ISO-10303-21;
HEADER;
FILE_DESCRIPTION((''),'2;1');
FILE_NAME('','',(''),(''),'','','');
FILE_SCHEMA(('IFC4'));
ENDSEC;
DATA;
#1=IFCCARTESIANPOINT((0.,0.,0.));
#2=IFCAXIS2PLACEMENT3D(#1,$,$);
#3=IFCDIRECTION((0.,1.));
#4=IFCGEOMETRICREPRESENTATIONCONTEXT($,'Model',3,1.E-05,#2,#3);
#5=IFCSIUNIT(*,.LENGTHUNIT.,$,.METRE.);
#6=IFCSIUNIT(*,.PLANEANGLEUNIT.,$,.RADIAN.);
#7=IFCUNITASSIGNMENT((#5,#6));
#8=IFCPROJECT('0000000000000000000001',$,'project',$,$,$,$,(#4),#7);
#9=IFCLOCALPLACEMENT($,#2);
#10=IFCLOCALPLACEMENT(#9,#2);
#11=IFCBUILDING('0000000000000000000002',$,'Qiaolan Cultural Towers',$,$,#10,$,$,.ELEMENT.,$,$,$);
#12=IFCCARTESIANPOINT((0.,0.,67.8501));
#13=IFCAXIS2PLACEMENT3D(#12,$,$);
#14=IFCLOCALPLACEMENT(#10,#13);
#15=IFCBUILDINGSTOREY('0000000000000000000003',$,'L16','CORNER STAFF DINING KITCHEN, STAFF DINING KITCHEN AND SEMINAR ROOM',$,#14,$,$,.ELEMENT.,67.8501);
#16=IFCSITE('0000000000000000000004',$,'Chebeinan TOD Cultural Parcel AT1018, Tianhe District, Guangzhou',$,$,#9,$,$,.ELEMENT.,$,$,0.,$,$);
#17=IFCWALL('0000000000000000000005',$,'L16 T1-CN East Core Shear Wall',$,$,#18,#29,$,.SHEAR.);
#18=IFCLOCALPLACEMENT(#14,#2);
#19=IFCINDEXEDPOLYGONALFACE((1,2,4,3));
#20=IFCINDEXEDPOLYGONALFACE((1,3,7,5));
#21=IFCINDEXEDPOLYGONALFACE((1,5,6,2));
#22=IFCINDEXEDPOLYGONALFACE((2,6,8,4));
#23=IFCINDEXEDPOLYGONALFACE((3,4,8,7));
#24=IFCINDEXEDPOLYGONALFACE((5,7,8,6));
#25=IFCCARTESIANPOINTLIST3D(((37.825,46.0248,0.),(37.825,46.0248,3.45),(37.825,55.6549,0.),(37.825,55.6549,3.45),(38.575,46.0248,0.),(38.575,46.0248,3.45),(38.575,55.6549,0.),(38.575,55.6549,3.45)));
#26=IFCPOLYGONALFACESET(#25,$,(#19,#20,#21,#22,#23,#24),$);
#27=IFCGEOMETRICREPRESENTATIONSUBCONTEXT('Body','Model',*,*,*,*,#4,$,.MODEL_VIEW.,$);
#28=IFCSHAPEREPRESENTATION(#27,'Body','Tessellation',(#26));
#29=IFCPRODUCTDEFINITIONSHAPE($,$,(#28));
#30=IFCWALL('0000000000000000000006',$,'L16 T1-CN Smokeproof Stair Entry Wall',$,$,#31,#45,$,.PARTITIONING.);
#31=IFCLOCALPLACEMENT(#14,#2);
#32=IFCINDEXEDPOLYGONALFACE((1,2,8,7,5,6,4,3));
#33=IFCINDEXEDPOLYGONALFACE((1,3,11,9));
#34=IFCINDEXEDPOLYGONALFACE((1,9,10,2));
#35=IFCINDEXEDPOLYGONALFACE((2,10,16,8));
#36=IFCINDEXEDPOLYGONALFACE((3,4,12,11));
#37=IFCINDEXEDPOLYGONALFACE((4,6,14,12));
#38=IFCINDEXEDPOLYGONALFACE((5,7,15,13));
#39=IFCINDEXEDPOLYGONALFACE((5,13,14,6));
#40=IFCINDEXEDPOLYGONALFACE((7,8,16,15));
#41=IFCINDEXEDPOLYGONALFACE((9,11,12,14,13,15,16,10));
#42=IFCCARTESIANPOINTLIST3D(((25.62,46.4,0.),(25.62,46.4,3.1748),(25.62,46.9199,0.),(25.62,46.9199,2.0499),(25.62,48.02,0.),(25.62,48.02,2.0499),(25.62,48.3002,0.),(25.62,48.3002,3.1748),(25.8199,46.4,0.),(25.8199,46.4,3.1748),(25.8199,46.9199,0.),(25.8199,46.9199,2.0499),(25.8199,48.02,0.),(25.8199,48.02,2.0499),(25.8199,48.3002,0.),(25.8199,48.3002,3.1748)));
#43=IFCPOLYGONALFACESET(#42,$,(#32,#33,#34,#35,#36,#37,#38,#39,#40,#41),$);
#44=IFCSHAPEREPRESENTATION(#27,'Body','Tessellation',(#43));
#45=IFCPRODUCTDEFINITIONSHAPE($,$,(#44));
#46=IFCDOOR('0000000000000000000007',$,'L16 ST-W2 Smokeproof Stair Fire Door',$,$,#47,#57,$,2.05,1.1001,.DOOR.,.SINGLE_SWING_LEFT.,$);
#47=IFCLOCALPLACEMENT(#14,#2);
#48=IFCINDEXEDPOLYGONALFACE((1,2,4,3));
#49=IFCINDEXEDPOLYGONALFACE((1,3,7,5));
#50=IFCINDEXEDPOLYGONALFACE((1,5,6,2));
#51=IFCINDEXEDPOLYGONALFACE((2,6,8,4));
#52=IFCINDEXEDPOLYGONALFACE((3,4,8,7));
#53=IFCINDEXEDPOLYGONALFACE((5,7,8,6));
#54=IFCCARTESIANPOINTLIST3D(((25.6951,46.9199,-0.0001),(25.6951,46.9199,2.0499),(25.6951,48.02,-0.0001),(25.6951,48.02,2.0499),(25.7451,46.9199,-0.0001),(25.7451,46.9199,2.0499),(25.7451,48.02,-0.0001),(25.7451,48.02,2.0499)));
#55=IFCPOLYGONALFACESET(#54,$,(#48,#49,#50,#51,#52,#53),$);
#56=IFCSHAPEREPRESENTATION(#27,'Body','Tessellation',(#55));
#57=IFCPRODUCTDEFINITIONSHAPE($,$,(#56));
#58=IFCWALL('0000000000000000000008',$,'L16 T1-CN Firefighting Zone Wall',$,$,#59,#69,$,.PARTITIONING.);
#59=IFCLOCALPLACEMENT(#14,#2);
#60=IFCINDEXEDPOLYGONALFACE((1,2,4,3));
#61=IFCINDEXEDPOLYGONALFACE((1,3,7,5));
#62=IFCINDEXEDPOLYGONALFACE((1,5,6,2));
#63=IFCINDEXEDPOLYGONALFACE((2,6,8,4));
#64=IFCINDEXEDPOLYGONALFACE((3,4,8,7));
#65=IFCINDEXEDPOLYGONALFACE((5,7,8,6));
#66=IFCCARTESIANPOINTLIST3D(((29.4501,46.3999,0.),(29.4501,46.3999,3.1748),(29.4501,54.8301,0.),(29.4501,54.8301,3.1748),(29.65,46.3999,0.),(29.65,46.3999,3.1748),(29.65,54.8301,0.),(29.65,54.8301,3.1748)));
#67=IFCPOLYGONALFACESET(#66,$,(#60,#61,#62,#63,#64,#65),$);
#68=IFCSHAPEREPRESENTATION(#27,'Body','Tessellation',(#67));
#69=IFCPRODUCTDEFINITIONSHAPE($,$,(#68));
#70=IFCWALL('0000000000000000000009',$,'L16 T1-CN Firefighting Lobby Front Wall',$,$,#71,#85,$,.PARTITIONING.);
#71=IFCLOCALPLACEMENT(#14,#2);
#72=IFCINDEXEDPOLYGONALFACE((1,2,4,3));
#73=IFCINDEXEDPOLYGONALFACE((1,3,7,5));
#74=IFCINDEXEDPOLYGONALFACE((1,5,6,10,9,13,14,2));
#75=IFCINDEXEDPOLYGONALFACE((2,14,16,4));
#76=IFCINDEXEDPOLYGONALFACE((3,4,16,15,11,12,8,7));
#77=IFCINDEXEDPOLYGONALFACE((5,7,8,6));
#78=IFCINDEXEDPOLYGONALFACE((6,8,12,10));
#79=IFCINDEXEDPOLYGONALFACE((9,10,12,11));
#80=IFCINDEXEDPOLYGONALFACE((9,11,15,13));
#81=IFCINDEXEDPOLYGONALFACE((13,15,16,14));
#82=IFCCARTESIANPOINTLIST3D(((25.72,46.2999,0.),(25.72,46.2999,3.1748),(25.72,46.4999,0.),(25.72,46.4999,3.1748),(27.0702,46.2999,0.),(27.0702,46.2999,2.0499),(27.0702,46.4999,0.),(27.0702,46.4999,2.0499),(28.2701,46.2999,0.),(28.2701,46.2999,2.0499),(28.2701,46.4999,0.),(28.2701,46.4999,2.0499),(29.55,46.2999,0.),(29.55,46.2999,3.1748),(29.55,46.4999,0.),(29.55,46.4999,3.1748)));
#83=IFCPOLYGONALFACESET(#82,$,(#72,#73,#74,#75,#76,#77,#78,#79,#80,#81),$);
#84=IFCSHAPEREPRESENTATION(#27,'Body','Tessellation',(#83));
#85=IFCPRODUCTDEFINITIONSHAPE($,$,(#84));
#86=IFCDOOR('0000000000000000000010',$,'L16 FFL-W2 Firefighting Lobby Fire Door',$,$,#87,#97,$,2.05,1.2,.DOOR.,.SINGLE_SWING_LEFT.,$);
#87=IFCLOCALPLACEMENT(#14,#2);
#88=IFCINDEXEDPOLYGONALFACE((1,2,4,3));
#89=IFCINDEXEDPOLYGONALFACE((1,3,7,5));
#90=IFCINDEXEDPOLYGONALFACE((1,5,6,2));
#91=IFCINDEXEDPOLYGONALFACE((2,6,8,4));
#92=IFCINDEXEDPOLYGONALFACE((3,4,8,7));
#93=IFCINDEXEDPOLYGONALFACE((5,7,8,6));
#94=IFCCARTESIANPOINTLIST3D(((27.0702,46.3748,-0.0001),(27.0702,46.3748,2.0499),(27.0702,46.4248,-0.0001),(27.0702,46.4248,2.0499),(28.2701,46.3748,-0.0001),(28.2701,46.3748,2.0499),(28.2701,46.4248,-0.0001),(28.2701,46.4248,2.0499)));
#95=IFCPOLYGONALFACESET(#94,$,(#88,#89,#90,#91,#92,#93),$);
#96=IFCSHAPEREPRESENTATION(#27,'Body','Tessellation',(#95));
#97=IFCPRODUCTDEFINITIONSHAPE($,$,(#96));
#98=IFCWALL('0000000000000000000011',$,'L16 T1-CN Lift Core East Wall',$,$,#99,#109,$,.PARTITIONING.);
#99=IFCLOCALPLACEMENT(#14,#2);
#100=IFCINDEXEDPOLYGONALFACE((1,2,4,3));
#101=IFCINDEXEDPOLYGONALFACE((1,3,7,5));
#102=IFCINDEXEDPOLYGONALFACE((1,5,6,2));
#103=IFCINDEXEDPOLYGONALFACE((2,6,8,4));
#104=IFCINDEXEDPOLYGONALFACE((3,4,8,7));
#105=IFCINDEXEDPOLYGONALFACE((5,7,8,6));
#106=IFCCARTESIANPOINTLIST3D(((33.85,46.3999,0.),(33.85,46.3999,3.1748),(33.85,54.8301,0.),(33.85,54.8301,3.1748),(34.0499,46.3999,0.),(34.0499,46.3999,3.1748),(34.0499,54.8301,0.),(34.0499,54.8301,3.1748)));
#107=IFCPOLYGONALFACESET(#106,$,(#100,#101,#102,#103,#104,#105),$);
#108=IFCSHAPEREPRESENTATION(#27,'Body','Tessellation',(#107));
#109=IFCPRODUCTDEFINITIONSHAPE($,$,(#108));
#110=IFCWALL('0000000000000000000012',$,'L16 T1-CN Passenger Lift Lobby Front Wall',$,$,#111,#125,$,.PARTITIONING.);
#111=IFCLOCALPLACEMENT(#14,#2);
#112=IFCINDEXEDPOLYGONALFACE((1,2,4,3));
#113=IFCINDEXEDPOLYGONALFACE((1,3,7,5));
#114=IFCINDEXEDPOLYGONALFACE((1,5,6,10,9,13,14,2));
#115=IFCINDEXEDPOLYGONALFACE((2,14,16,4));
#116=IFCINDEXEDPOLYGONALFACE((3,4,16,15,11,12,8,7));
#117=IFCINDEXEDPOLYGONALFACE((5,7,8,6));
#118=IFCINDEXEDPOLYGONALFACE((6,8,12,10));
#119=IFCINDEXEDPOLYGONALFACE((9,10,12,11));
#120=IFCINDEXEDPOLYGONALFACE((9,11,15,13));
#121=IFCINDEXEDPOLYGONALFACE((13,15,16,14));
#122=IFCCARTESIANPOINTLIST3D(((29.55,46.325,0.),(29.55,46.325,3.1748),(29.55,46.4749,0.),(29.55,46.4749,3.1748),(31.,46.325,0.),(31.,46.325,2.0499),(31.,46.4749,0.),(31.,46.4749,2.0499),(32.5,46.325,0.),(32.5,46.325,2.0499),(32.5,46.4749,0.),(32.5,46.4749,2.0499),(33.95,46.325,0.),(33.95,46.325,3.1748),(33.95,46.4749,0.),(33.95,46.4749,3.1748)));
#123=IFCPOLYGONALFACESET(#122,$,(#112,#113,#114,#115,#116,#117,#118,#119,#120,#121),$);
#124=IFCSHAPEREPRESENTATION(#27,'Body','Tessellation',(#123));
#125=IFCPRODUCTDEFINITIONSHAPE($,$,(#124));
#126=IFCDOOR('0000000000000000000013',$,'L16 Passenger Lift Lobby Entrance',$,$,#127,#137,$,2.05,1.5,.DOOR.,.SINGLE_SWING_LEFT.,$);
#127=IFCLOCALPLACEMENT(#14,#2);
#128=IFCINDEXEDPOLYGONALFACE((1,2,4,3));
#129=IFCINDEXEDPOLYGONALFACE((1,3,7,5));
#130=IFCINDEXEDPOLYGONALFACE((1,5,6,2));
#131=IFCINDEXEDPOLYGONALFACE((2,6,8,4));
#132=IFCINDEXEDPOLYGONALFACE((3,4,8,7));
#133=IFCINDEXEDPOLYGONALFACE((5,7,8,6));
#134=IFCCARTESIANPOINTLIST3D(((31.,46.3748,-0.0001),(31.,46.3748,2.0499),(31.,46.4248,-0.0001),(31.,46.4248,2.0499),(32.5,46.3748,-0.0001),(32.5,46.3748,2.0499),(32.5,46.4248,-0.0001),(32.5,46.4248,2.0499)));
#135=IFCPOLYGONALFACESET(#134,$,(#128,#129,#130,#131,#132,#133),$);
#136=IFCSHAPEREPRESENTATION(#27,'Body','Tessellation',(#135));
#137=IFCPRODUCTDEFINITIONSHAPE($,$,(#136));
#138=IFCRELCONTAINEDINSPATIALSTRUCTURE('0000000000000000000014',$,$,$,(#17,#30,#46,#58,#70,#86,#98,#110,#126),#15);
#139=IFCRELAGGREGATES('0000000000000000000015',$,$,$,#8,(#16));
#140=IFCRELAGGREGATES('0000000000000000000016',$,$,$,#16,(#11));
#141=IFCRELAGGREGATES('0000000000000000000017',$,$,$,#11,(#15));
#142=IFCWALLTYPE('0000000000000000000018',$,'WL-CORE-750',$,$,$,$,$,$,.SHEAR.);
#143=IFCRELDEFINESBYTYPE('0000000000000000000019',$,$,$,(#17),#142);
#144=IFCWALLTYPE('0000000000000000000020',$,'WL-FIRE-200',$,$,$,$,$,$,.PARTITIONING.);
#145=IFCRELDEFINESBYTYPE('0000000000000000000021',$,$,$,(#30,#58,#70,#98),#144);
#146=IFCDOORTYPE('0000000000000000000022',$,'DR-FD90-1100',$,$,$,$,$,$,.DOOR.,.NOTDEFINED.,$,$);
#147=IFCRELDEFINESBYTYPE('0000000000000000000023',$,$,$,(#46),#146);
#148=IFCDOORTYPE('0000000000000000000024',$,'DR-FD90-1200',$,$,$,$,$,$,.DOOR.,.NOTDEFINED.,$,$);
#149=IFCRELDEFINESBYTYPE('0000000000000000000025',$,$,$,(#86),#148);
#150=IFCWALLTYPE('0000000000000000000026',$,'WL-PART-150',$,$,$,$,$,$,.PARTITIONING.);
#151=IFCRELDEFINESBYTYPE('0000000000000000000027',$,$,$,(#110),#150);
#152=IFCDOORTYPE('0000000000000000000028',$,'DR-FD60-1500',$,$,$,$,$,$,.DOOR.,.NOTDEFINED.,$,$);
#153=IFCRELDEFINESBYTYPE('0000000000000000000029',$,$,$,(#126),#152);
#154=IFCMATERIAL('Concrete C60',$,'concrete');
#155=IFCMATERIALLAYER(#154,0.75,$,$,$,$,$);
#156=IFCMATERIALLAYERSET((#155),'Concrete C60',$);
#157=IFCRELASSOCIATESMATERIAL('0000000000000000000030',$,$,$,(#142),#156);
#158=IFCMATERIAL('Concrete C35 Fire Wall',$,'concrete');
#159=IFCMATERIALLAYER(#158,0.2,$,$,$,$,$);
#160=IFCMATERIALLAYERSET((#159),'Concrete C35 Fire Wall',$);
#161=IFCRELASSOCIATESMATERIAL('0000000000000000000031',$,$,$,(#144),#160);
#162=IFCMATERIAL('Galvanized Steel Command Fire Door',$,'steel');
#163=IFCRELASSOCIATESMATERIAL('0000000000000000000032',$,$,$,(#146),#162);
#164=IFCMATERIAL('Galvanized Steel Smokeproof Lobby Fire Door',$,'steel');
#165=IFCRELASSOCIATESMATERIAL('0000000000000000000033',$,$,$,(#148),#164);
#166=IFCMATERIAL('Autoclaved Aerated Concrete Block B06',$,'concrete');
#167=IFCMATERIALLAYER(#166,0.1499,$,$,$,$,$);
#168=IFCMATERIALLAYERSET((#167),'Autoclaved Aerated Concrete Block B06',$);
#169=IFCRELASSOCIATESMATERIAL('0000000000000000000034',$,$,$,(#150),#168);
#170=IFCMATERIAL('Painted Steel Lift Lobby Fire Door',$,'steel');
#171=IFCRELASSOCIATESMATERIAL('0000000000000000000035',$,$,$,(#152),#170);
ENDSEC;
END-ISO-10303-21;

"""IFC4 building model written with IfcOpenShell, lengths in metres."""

from ifc_helpers import new_model, si_unit, direction, frame, frame_2d, origin, place, context, subcontext, project, spatial, rectangle, extrude, material, layer, layer_set, type_object, element, fill, save


model = new_model("IFC4")

# Units and contexts
model_context = context("Model", 3, precision=1e-05, world=origin(), true_north=direction((0.0, 1.0)))
body_context = subcontext(model_context, "Body", "Model", "MODEL_VIEW")
ifc_project = project(units=[si_unit("LENGTHUNIT", "METRE"), si_unit("PLANEANGLEUNIT", "RADIAN")], contexts=[model_context])

# Site, building, storey
site_placement = place(None, origin())
site = spatial("IfcSite", under=ifc_project, at=site_placement, Name="Chebeinan TOD Cultural Parcel AT1018, Tianhe District, Guangzhou", CompositionType="ELEMENT", RefElevation=0.0)
building_placement = place(site_placement, origin())
building = spatial("IfcBuilding", under=site, at=building_placement, Name="Qiaolan Cultural Towers", CompositionType="ELEMENT")
storey_placement = place(building_placement, frame((0.0, 0.0, 67.8501)))
storey = spatial("IfcBuildingStorey", under=building, at=storey_placement, Name="L16", Description="CORNER STAFF DINING KITCHEN, STAFF DINING KITCHEN AND SEMINAR ROOM", CompositionType="ELEMENT", Elevation=67.8501)

# Wall
ifc_material_1 = material(Name="Concrete C60", Category="concrete")
ifc_layer_1 = layer(ifc_material_1, 0.75)
ifc_layer_set_1 = layer_set([ifc_layer_1], Name="Concrete C60")
wall_type_1 = type_object("IfcWallType", Name="WL-CORE-750", PredefinedType="SHEAR", material=ifc_layer_set_1)
wall_1_placement = place(storey_placement, frame((38.2, 46.0249, 0.0), z_axis=(0.0, 0.0, 1.0), x_axis=(0.0, 1.0, 0.0)))
element("IfcWall", 1, at=wall_1_placement, inside=storey, type_object=wall_type_1, Name="L16 T1-CN East Core Shear Wall", PredefinedType="SHEAR", context=body_context, shape_type="SweptSolid", body=[
    extrude(rectangle(XDim=9.6301, YDim=0.75, at=frame_2d((4.8149, 0.0))), origin(), (0.0, 0.0, 1.0), 3.45),
])

# Wall, opening, door
ifc_material_2 = material(Name="Concrete C35 Fire Wall", Category="concrete")
ifc_layer_2 = layer(ifc_material_2, 0.2)
ifc_layer_set_2 = layer_set([ifc_layer_2], Name="Concrete C35 Fire Wall")
wall_type_2 = type_object("IfcWallType", Name="WL-FIRE-200", PredefinedType="PARTITIONING", material=ifc_layer_set_2)
wall_2_placement = place(storey_placement, frame((25.72, 46.3999, 0.0), z_axis=(0.0, 0.0, 1.0), x_axis=(0.0, 1.0, 0.0)))
wall_2 = element("IfcWall", 2, at=wall_2_placement, inside=storey, type_object=wall_type_2, Name="L16 T1-CN Smokeproof Stair Entry Wall", PredefinedType="PARTITIONING", context=body_context, shape_type="SweptSolid", body=[
    extrude(rectangle(XDim=1.9001, YDim=0.2, at=frame_2d((0.9502, 0.0))), origin(), (0.0, 0.0, 1.0), 3.1748),
])
opening_1_placement = place(wall_2_placement, frame((0.52, 0.0, 0.0)))
opening_1 = element("IfcOpeningElement", 3, at=opening_1_placement, cuts=wall_2, PredefinedType="OPENING", context=body_context, shape_type="SweptSolid", body=[
    extrude(rectangle(XDim=1.1001, YDim=2.05, at=frame_2d((0.55, 1.0249))), frame((0.0, 0.1099, 0.0), z_axis=(0.0, -1.0, 0.0), x_axis=(1.0, 0.0, 0.0)), (0.0, 0.0, 1.0), 0.22),
])
ifc_material_3 = material(Name="Galvanized Steel Command Fire Door", Category="steel")
door_type_1 = type_object("IfcDoorType", Name="DR-FD90-1100", OperationType="NOTDEFINED", PredefinedType="DOOR", material=ifc_material_3)
door_1_placement = place(opening_1_placement, origin())
door_1 = element("IfcDoor", 4, at=door_1_placement, inside=storey, type_object=door_type_1, Name="L16 ST-W2 Smokeproof Stair Fire Door", OperationType="SINGLE_SWING_LEFT", OverallHeight=2.05, OverallWidth=1.1001, PredefinedType="DOOR", context=body_context, shape_type="SweptSolid", body=[
    extrude(rectangle(XDim=1.1001, YDim=2.05, at=frame_2d((0.55, 1.0249))), frame((0.0, 0.0249, 0.0), z_axis=(0.0, -1.0, 0.0), x_axis=(1.0, 0.0, 0.0)), (0.0, 0.0, 1.0), 0.05),
])
fill(opening_1, door_1)

# Wall
wall_3_placement = place(storey_placement, frame((29.55, 46.3999, 0.0), z_axis=(0.0, 0.0, 1.0), x_axis=(0.0, 1.0, 0.0)))
element("IfcWall", 5, at=wall_3_placement, inside=storey, type_object=wall_type_2, Name="L16 T1-CN Firefighting Zone Wall", PredefinedType="PARTITIONING", context=body_context, shape_type="SweptSolid", body=[
    extrude(rectangle(XDim=8.4302, YDim=0.2, at=frame_2d((4.2151, 0.0))), origin(), (0.0, 0.0, 1.0), 3.1748),
])

# Wall, opening, door
wall_4_placement = place(storey_placement, frame((25.72, 46.3999, 0.0), z_axis=(0.0, 0.0, 1.0), x_axis=(1.0, 0.0, 0.0)))
wall_4 = element("IfcWall", 6, at=wall_4_placement, inside=storey, type_object=wall_type_2, Name="L16 T1-CN Firefighting Lobby Front Wall", PredefinedType="PARTITIONING", context=body_context, shape_type="SweptSolid", body=[
    extrude(rectangle(XDim=3.8301, YDim=0.2, at=frame_2d((1.915, 0.0))), origin(), (0.0, 0.0, 1.0), 3.1748),
])
opening_2_placement = place(wall_4_placement, frame((1.3501, 0.0, 0.0)))
opening_2 = element("IfcOpeningElement", 7, at=opening_2_placement, cuts=wall_4, PredefinedType="OPENING", context=body_context, shape_type="SweptSolid", body=[
    extrude(rectangle(XDim=1.2, YDim=2.05, at=frame_2d((0.6001, 1.0249))), frame((0.0, 0.1099, 0.0), z_axis=(0.0, -1.0, 0.0), x_axis=(1.0, 0.0, 0.0)), (0.0, 0.0, 1.0), 0.22),
])
ifc_material_4 = material(Name="Galvanized Steel Smokeproof Lobby Fire Door", Category="steel")
door_type_2 = type_object("IfcDoorType", Name="DR-FD90-1200", OperationType="NOTDEFINED", PredefinedType="DOOR", material=ifc_material_4)
door_2_placement = place(opening_2_placement, origin())
door_2 = element("IfcDoor", 8, at=door_2_placement, inside=storey, type_object=door_type_2, Name="L16 FFL-W2 Firefighting Lobby Fire Door", OperationType="SINGLE_SWING_LEFT", OverallHeight=2.05, OverallWidth=1.2, PredefinedType="DOOR", context=body_context, shape_type="SweptSolid", body=[
    extrude(rectangle(XDim=1.2, YDim=2.05, at=frame_2d((0.6001, 1.0249))), frame((0.0, 0.0249, 0.0), z_axis=(0.0, -1.0, 0.0), x_axis=(1.0, 0.0, 0.0)), (0.0, 0.0, 1.0), 0.05),
])
fill(opening_2, door_2)

# Wall
wall_5_placement = place(storey_placement, frame((33.95, 46.3999, 0.0), z_axis=(0.0, 0.0, 1.0), x_axis=(0.0, 1.0, 0.0)))
element("IfcWall", 9, at=wall_5_placement, inside=storey, type_object=wall_type_2, Name="L16 T1-CN Lift Core East Wall", PredefinedType="PARTITIONING", context=body_context, shape_type="SweptSolid", body=[
    extrude(rectangle(XDim=8.4302, YDim=0.2, at=frame_2d((4.2151, 0.0))), origin(), (0.0, 0.0, 1.0), 3.1748),
])

# Wall, opening, door
ifc_material_5 = material(Name="Autoclaved Aerated Concrete Block B06", Category="concrete")
ifc_layer_3 = layer(ifc_material_5, 0.1499)
ifc_layer_set_3 = layer_set([ifc_layer_3], Name="Autoclaved Aerated Concrete Block B06")
wall_type_3 = type_object("IfcWallType", Name="WL-PART-150", PredefinedType="PARTITIONING", material=ifc_layer_set_3)
wall_6_placement = place(storey_placement, frame((29.55, 46.3999, 0.0), z_axis=(0.0, 0.0, 1.0), x_axis=(1.0, 0.0, 0.0)))
wall_6 = element("IfcWall", 10, at=wall_6_placement, inside=storey, type_object=wall_type_3, Name="L16 T1-CN Passenger Lift Lobby Front Wall", PredefinedType="PARTITIONING", context=body_context, shape_type="SweptSolid", body=[
    extrude(rectangle(XDim=4.3999, YDim=0.1499, at=frame_2d((2.2, 0.0))), origin(), (0.0, 0.0, 1.0), 3.1748),
])
opening_3_placement = place(wall_6_placement, frame((1.45, 0.0, 0.0)))
opening_3 = element("IfcOpeningElement", 11, at=opening_3_placement, cuts=wall_6, PredefinedType="OPENING", context=body_context, shape_type="SweptSolid", body=[
    extrude(rectangle(XDim=1.5, YDim=2.05, at=frame_2d((0.75, 1.0249))), frame((0.0, 0.085, 0.0), z_axis=(0.0, -1.0, 0.0), x_axis=(1.0, 0.0, 0.0)), (0.0, 0.0, 1.0), 0.1699),
])
ifc_material_6 = material(Name="Painted Steel Lift Lobby Fire Door", Category="steel")
door_type_3 = type_object("IfcDoorType", Name="DR-FD60-1500", OperationType="NOTDEFINED", PredefinedType="DOOR", material=ifc_material_6)
door_3_placement = place(opening_3_placement, origin())
door_3 = element("IfcDoor", 12, at=door_3_placement, inside=storey, type_object=door_type_3, Name="L16 Passenger Lift Lobby Entrance", OperationType="SINGLE_SWING_LEFT", OverallHeight=2.05, OverallWidth=1.5, PredefinedType="DOOR", context=body_context, shape_type="SweptSolid", body=[
    extrude(rectangle(XDim=1.5, YDim=2.05, at=frame_2d((0.75, 1.0249))), frame((0.0, 0.0249, 0.0), z_axis=(0.0, -1.0, 0.0), x_axis=(1.0, 0.0, 0.0)), (0.0, 0.0, 1.0), 0.05),
])
fill(opening_3, door_3)

save(model, "model.ifc")
